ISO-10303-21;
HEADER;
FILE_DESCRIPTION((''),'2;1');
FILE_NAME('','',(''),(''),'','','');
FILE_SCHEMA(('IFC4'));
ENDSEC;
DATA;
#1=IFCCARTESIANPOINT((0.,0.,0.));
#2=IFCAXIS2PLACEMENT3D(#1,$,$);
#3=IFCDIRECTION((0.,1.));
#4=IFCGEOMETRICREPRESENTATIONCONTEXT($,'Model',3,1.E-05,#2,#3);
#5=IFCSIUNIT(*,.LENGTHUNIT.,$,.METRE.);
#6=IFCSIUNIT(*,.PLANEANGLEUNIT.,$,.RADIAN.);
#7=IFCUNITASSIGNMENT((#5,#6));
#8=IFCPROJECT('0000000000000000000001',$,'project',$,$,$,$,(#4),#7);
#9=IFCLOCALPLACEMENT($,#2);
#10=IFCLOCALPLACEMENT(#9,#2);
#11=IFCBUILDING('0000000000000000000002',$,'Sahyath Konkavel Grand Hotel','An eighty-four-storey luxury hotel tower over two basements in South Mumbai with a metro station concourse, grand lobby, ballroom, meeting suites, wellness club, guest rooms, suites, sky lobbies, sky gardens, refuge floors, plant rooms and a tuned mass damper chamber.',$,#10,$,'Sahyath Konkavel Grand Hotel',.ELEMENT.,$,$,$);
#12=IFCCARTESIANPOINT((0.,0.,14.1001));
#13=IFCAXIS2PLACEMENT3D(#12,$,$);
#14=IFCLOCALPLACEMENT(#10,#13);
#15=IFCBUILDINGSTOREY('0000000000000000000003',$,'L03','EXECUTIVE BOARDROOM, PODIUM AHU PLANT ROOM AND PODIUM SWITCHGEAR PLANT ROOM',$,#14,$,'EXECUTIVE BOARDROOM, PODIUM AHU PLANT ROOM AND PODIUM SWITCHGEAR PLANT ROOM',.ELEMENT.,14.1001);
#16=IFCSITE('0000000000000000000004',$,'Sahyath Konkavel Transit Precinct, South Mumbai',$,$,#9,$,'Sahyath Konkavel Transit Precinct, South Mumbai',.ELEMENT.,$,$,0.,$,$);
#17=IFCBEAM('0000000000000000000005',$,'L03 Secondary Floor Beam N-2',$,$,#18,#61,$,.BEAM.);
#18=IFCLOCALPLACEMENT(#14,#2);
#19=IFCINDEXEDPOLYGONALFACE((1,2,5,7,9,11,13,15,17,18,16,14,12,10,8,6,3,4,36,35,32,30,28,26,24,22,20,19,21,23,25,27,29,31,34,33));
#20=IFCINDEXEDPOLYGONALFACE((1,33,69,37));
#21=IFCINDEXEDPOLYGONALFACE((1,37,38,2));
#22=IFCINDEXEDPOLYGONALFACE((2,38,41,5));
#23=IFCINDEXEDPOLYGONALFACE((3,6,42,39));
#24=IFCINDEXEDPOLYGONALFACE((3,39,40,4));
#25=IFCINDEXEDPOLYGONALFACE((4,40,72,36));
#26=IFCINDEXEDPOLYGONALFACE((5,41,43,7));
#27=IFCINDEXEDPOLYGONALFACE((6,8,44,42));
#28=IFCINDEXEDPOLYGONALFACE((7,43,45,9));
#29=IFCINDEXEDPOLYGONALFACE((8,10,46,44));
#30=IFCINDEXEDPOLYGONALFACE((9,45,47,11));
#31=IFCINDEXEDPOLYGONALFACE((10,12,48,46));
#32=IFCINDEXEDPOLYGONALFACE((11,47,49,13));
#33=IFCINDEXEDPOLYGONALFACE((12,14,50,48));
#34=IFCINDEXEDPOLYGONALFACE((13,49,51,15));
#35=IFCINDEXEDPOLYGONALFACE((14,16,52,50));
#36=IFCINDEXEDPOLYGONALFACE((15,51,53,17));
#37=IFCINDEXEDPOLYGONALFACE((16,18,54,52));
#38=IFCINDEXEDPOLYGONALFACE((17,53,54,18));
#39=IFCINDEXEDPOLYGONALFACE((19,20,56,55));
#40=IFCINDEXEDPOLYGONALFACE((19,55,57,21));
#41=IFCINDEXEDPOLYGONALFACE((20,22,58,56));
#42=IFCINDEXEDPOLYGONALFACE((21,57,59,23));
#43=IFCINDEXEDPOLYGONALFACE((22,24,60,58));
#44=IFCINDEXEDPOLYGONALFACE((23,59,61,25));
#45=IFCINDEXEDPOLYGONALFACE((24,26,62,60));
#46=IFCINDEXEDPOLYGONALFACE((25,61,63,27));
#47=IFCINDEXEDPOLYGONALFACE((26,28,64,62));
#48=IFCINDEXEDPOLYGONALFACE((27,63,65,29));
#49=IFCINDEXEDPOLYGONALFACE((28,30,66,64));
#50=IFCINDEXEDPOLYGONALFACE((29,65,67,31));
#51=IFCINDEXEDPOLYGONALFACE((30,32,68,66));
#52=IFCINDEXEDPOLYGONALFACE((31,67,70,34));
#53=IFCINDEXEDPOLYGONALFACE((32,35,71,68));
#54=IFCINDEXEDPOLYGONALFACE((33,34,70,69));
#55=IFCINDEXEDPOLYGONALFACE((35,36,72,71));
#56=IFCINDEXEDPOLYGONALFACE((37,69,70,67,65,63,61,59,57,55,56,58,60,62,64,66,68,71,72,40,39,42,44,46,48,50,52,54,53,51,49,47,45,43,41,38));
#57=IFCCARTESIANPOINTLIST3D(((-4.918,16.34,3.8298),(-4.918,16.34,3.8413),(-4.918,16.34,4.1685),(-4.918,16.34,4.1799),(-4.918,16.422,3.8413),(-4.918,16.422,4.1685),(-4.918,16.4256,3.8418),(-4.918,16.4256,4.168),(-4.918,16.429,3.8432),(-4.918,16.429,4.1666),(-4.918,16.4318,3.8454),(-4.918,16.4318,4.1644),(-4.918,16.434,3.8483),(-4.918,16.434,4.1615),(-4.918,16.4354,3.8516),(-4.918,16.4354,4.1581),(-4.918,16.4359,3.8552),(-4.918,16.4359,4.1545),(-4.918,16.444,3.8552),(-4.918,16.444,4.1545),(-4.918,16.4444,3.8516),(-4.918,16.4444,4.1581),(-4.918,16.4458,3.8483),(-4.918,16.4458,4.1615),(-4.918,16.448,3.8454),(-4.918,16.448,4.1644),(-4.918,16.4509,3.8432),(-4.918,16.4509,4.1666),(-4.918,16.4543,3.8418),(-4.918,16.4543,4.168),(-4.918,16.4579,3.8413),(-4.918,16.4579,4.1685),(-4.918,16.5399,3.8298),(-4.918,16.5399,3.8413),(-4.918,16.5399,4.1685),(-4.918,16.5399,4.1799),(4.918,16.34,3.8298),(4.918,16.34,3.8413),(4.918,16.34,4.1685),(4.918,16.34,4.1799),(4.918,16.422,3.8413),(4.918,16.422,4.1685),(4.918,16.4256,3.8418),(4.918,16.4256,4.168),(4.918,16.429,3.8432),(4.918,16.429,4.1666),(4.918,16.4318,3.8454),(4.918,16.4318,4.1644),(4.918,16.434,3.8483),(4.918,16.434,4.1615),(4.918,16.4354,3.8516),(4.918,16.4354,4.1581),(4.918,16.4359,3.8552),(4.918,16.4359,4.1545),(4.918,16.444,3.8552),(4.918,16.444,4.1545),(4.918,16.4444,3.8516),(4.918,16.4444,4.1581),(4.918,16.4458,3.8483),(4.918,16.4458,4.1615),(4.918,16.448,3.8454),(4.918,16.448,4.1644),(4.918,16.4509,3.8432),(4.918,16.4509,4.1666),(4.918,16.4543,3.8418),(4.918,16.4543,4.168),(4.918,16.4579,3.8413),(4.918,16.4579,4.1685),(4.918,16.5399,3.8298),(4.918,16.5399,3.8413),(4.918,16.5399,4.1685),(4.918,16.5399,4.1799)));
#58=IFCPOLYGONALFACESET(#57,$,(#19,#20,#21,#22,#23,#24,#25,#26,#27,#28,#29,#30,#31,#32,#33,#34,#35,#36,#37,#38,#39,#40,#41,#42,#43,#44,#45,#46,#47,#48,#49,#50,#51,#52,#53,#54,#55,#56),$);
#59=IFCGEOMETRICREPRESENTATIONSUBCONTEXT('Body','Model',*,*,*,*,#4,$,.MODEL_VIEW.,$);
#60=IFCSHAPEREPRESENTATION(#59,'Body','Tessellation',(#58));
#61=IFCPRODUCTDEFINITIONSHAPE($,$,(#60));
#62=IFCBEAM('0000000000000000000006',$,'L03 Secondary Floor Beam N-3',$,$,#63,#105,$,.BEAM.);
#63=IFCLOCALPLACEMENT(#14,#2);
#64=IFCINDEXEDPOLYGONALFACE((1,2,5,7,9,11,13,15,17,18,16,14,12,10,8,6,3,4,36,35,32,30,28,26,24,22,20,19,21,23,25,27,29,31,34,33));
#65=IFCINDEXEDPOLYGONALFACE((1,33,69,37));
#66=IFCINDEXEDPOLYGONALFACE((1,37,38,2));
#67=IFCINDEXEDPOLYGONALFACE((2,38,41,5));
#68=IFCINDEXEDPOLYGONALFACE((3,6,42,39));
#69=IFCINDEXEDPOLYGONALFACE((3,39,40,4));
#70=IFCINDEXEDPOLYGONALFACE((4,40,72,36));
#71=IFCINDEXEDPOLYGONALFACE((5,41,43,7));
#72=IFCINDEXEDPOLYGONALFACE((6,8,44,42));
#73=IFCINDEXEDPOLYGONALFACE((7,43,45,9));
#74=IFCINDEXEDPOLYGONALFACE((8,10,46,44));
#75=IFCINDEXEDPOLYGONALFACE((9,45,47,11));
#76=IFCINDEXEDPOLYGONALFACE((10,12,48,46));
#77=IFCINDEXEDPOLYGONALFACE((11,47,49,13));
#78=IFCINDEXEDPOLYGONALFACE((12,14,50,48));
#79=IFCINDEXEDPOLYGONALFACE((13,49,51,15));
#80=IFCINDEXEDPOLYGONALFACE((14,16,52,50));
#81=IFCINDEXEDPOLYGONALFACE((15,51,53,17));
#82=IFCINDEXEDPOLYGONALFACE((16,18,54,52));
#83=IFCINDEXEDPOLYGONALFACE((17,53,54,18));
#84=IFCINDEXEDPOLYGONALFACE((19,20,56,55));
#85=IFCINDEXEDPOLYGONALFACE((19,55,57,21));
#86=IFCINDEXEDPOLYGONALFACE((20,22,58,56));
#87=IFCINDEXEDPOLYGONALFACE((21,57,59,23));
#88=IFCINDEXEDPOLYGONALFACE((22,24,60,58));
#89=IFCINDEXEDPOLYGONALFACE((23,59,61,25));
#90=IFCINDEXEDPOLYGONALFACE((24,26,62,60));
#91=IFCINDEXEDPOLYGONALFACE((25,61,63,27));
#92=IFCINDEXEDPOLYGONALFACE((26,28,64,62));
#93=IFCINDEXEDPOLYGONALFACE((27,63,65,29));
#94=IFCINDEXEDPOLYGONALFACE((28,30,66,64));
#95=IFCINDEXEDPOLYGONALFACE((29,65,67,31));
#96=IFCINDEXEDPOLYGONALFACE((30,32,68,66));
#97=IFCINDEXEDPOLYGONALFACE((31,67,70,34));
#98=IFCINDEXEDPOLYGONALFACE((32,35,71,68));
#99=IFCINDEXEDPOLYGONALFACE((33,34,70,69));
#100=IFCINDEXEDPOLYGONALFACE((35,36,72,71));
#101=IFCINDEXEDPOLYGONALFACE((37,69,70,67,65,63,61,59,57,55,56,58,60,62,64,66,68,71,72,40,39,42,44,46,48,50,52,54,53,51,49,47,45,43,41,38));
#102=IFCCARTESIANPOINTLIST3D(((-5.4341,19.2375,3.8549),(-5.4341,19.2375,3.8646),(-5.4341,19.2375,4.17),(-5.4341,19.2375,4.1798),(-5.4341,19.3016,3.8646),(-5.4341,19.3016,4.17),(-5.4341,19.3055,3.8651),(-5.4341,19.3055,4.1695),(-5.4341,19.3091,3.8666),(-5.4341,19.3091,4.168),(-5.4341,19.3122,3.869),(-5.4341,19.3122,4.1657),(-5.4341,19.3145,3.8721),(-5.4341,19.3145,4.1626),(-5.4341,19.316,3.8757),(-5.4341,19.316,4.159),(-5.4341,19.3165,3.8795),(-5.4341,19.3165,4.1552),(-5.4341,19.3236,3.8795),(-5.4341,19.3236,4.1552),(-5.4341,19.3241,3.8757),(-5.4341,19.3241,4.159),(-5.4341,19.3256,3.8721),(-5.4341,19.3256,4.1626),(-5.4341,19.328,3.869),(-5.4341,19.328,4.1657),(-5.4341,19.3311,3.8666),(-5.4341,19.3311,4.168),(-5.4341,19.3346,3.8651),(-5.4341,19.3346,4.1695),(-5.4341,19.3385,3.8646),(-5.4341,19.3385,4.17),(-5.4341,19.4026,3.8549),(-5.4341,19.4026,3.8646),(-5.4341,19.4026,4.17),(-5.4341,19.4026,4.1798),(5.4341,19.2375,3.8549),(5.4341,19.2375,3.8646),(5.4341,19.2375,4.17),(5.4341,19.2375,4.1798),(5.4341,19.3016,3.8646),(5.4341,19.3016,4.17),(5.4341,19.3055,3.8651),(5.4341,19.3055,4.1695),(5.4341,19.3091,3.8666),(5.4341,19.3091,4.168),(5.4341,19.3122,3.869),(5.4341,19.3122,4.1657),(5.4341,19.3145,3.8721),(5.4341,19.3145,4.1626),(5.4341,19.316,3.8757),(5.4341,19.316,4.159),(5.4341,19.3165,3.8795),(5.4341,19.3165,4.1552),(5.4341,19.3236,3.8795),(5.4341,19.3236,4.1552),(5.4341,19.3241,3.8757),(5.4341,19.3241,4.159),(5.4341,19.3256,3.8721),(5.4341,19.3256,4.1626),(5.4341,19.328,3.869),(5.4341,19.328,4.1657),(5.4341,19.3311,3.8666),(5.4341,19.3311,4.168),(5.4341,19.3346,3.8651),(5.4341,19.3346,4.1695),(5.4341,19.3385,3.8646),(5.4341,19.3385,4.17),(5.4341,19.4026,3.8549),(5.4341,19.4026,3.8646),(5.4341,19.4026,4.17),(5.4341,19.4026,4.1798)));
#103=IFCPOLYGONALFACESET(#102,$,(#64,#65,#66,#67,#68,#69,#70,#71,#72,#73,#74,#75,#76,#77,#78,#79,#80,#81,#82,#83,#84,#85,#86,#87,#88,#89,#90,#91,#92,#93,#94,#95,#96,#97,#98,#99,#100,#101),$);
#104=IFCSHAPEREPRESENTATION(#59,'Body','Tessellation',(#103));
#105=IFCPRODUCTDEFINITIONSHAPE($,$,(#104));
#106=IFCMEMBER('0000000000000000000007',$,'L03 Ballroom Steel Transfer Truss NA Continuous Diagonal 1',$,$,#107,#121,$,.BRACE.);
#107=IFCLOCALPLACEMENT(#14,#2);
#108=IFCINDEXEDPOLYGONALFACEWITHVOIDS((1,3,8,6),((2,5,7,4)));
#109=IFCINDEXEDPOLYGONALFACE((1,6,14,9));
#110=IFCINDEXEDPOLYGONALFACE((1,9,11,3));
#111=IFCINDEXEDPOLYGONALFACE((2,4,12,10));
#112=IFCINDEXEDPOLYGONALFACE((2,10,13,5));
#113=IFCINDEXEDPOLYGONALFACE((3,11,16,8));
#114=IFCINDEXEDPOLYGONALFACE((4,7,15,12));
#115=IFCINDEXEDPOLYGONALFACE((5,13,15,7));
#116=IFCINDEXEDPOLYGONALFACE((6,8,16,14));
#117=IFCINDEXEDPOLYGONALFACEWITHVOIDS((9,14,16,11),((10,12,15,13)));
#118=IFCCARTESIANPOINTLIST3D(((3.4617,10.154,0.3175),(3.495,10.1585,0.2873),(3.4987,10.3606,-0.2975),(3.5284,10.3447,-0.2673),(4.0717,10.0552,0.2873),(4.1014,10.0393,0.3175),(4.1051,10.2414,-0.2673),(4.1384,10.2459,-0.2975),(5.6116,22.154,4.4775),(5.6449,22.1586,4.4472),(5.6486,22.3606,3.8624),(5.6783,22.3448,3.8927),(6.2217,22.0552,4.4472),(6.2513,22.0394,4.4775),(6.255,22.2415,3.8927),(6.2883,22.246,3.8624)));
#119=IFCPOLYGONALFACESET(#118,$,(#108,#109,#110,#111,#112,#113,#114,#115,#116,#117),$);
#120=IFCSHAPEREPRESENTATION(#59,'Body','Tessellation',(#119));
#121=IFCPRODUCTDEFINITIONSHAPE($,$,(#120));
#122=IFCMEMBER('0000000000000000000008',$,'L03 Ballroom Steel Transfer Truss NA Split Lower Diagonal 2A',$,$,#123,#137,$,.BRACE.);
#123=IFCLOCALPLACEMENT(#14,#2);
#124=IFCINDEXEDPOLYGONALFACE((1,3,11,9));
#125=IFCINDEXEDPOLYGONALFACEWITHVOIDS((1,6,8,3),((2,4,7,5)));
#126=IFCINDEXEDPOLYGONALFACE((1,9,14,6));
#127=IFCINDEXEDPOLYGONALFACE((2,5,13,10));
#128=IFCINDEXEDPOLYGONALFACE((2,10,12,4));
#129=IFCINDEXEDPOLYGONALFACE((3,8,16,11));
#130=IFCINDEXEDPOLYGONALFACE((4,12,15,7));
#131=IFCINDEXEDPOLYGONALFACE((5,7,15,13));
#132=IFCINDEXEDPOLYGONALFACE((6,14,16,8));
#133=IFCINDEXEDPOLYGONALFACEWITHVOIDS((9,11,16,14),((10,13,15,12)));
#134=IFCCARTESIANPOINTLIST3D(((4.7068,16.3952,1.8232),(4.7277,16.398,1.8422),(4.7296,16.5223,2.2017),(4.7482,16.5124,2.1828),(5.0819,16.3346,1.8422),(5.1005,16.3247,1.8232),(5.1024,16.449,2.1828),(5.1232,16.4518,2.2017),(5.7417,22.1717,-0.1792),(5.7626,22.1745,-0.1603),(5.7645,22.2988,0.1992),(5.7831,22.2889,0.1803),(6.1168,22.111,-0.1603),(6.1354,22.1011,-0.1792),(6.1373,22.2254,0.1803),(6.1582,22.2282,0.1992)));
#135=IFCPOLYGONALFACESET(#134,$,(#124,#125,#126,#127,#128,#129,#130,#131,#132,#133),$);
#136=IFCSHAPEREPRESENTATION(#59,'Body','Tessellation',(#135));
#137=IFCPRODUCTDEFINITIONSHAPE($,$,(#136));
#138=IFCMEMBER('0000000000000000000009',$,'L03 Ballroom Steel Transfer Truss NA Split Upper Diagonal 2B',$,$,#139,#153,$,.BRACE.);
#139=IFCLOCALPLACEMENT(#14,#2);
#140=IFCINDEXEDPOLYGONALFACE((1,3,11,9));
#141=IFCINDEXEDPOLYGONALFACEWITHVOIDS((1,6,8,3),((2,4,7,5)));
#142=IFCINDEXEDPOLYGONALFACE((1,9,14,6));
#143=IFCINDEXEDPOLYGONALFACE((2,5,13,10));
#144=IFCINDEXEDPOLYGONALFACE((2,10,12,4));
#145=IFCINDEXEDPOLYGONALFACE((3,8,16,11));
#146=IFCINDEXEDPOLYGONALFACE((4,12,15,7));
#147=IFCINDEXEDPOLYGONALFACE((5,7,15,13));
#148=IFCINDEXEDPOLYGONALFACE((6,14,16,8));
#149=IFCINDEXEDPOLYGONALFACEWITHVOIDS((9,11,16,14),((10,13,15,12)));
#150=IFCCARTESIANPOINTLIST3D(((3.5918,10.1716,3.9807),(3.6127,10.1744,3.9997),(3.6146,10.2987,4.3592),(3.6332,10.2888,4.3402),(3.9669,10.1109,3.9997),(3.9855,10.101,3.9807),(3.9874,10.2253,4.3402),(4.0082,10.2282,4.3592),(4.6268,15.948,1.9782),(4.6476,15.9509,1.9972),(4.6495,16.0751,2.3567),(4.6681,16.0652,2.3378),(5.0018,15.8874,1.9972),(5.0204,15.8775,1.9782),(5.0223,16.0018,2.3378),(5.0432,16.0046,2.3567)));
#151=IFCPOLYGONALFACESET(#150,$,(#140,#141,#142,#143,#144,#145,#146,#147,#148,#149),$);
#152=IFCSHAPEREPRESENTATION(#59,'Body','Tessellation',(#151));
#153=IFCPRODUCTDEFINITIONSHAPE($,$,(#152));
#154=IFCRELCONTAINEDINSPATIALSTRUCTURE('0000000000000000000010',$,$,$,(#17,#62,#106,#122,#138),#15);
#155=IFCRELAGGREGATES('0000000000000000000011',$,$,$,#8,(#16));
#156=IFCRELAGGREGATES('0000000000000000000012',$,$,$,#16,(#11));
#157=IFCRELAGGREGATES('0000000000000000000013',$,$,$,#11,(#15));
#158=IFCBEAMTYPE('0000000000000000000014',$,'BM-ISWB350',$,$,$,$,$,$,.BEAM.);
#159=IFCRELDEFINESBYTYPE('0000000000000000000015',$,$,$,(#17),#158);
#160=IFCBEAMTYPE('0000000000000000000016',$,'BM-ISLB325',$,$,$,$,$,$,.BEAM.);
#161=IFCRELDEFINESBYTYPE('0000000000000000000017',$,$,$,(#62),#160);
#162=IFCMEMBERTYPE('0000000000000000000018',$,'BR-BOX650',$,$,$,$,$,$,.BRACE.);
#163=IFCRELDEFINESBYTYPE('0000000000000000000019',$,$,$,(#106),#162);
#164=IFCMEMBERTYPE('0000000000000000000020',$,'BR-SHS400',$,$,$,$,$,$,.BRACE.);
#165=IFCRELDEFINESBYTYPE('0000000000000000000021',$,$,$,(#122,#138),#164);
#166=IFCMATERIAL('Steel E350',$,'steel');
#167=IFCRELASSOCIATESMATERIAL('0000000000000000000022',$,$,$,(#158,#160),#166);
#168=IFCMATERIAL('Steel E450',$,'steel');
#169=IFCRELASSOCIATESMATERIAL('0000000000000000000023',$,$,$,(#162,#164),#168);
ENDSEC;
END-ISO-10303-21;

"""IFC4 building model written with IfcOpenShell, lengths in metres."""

from ifc_helpers import new_model, si_unit, direction, frame, origin, origin_2d, place, context, subcontext, project, spatial, hollow_rectangle, i_section, extrude, source, transform, mapped, material, material_profile, profile_set, type_object, element, save


model = new_model("IFC4")

# Units and contexts
model_context = context("Model", 3, precision=1e-05, world=origin(), true_north=direction((0.0, 1.0)))
body_context = subcontext(model_context, "Body", "Model", "MODEL_VIEW")
ifc_project = project(units=[si_unit("LENGTHUNIT", "METRE"), si_unit("PLANEANGLEUNIT", "RADIAN")], contexts=[model_context])

# Site, building, storey
site_placement = place(None, origin())
site = spatial("IfcSite", under=ifc_project, at=site_placement, Name="Sahyath Konkavel Transit Precinct, South Mumbai", LongName="Sahyath Konkavel Transit Precinct, South Mumbai", CompositionType="ELEMENT", RefElevation=0.0)
building_placement = place(site_placement, origin())
building = spatial("IfcBuilding", under=site, at=building_placement, Name="Sahyath Konkavel Grand Hotel", Description="An eighty-four-storey luxury hotel tower over two basements in South Mumbai with a metro station concourse, grand lobby, ballroom, meeting suites, wellness club, guest rooms, suites, sky lobbies, sky gardens, refuge floors, plant rooms and a tuned mass damper chamber.", LongName="Sahyath Konkavel Grand Hotel", CompositionType="ELEMENT")
storey_placement = place(building_placement, frame((0.0, 0.0, 14.1001)))
storey = spatial("IfcBuildingStorey", under=building, at=storey_placement, Name="L03", Description="EXECUTIVE BOARDROOM, PODIUM AHU PLANT ROOM AND PODIUM SWITCHGEAR PLANT ROOM", LongName="EXECUTIVE BOARDROOM, PODIUM AHU PLANT ROOM AND PODIUM SWITCHGEAR PLANT ROOM", CompositionType="ELEMENT", Elevation=14.1001)

# Shared definitions
ifc_material_1 = material(Name="Steel E450", Category="steel")

# Beams
ifc_material_2 = material(Name="Steel E350", Category="steel")
ifc_material_profile_1 = material_profile(ifc_material_2, i_section(OverallWidth=0.2, OverallDepth=0.3501, WebThickness=0.0081, FlangeThickness=0.0115, FilletRadius=0.0139, at=origin_2d()), Name="ISWB 350")
ifc_profile_set_1 = profile_set([ifc_material_profile_1], Name="Steel E350")
beam_type_1 = type_object("IfcBeamType", Name="BM-ISWB350", PredefinedType="BEAM", material=ifc_profile_set_1)
shared_shape_1 = source(origin(), body_context, "Body", "SweptSolid", [
    extrude(i_section(OverallWidth=0.2, OverallDepth=0.3501, WebThickness=0.0081, FlangeThickness=0.0115, FilletRadius=0.0139, at=origin_2d()), origin(), (0.0, 0.0, 1.0), 9.8359),
])
beam_1_placement = place(storey_placement, frame((4.918, 16.4399, 4.0049), z_axis=(-1.0, 0.0, 0.0), x_axis=(0.0, -1.0, 0.0)))
element("IfcBeam", 1, at=beam_1_placement, inside=storey, type_object=beam_type_1, Name="L03 Secondary Floor Beam N-2", PredefinedType="BEAM", context=body_context, shape_type="MappedRepresentation", body=[
    mapped(shared_shape_1, transform((0.0, 0.0, 0.0), scale=1.0)),
])
ifc_material_profile_2 = material_profile(ifc_material_2, i_section(OverallWidth=0.165, OverallDepth=0.325, WebThickness=0.0071, FlangeThickness=0.0098, FilletRadius=0.0149, at=origin_2d()), Name="ISLB 325")
ifc_profile_set_2 = profile_set([ifc_material_profile_2], Name="Steel E350")
beam_type_2 = type_object("IfcBeamType", Name="BM-ISLB325", PredefinedType="BEAM", material=ifc_profile_set_2)
shared_shape_2 = source(origin(), body_context, "Body", "SweptSolid", [
    extrude(i_section(OverallWidth=0.165, OverallDepth=0.325, WebThickness=0.0071, FlangeThickness=0.0098, FilletRadius=0.0149, at=origin_2d()), origin(), (0.0, 0.0, 1.0), 10.8682),
])
beam_2_placement = place(storey_placement, frame((5.4341, 19.3201, 4.0173), z_axis=(-1.0, 0.0, 0.0), x_axis=(0.0, -1.0, 0.0)))
element("IfcBeam", 2, at=beam_2_placement, inside=storey, type_object=beam_type_2, Name="L03 Secondary Floor Beam N-3", PredefinedType="BEAM", context=body_context, shape_type="MappedRepresentation", body=[
    mapped(shared_shape_2, transform((0.0, 0.0, 0.0), scale=1.0)),
])

# Members
ifc_material_profile_3 = material_profile(ifc_material_1, hollow_rectangle(XDim=0.6499, YDim=0.6499, WallThickness=0.032, at=origin_2d()), Name="BOX 650x650x32")
ifc_profile_set_3 = profile_set([ifc_material_profile_3], Name="Steel E450")
member_type_1 = type_object("IfcMemberType", Name="BR-BOX650", PredefinedType="BRACE", material=ifc_profile_set_3)
shared_shape_3 = source(origin(), body_context, "Body", "SweptSolid", [
    extrude(hollow_rectangle(XDim=0.6499, YDim=0.6499, WallThickness=0.032, at=origin_2d()), origin(), (0.0, 0.0, 1.0), 12.8813),
])
member_1_placement = place(storey_placement, frame((3.8, 10.2, 0.01), z_axis=(0.166902, 0.931586, 0.322943), x_axis=(-0.984327, 0.176351, 0.0)))
element("IfcMember", 3, at=member_1_placement, inside=storey, type_object=member_type_1, Name="L03 Ballroom Steel Transfer Truss NA Continuous Diagonal 1", PredefinedType="BRACE", context=body_context, shape_type="MappedRepresentation", body=[
    mapped(shared_shape_3, transform((0.0, 0.0, 0.0), scale=1.0)),
])
ifc_material_profile_4 = material_profile(ifc_material_1, hollow_rectangle(XDim=0.3999, YDim=0.3999, WallThickness=0.02, at=origin_2d()), Name="SHS 400x400x20")
ifc_profile_set_4 = profile_set([ifc_material_profile_4], Name="Steel E450")
member_type_2 = type_object("IfcMemberType", Name="BR-SHS400", PredefinedType="BRACE", material=ifc_profile_set_4)
shared_shape_4 = source(origin(), body_context, "Body", "SweptSolid", [
    extrude(hollow_rectangle(XDim=0.3999, YDim=0.3999, WallThickness=0.02, at=origin_2d()), origin(), (0.0, 0.0, 1.0), 6.2007),
])
for number, where, z_axis, x_axis, name in (
    (4, (5.95, 22.2, 0.01), (-0.166906, -0.931584, 0.322944), (0.984327, -0.176355, 0.0), "L03 Ballroom Steel Transfer Truss NA Split Lower Diagonal 2A"),
    (5, (4.835, 15.9763, 2.1675), (-0.166906, -0.931584, 0.322944), (0.984327, -0.176355, 0.0), "L03 Ballroom Steel Transfer Truss NA Split Upper Diagonal 2B"),
):
    element("IfcMember", number, at=place(storey_placement, frame(where, z_axis=z_axis, x_axis=x_axis)), inside=storey, type_object=member_type_2, Name=name, PredefinedType="BRACE", context=body_context, shape_type="MappedRepresentation", body=[
        mapped(shared_shape_4, transform((0.0, 0.0, 0.0), scale=1.0)),
    ])

save(model, "model.ifc")
